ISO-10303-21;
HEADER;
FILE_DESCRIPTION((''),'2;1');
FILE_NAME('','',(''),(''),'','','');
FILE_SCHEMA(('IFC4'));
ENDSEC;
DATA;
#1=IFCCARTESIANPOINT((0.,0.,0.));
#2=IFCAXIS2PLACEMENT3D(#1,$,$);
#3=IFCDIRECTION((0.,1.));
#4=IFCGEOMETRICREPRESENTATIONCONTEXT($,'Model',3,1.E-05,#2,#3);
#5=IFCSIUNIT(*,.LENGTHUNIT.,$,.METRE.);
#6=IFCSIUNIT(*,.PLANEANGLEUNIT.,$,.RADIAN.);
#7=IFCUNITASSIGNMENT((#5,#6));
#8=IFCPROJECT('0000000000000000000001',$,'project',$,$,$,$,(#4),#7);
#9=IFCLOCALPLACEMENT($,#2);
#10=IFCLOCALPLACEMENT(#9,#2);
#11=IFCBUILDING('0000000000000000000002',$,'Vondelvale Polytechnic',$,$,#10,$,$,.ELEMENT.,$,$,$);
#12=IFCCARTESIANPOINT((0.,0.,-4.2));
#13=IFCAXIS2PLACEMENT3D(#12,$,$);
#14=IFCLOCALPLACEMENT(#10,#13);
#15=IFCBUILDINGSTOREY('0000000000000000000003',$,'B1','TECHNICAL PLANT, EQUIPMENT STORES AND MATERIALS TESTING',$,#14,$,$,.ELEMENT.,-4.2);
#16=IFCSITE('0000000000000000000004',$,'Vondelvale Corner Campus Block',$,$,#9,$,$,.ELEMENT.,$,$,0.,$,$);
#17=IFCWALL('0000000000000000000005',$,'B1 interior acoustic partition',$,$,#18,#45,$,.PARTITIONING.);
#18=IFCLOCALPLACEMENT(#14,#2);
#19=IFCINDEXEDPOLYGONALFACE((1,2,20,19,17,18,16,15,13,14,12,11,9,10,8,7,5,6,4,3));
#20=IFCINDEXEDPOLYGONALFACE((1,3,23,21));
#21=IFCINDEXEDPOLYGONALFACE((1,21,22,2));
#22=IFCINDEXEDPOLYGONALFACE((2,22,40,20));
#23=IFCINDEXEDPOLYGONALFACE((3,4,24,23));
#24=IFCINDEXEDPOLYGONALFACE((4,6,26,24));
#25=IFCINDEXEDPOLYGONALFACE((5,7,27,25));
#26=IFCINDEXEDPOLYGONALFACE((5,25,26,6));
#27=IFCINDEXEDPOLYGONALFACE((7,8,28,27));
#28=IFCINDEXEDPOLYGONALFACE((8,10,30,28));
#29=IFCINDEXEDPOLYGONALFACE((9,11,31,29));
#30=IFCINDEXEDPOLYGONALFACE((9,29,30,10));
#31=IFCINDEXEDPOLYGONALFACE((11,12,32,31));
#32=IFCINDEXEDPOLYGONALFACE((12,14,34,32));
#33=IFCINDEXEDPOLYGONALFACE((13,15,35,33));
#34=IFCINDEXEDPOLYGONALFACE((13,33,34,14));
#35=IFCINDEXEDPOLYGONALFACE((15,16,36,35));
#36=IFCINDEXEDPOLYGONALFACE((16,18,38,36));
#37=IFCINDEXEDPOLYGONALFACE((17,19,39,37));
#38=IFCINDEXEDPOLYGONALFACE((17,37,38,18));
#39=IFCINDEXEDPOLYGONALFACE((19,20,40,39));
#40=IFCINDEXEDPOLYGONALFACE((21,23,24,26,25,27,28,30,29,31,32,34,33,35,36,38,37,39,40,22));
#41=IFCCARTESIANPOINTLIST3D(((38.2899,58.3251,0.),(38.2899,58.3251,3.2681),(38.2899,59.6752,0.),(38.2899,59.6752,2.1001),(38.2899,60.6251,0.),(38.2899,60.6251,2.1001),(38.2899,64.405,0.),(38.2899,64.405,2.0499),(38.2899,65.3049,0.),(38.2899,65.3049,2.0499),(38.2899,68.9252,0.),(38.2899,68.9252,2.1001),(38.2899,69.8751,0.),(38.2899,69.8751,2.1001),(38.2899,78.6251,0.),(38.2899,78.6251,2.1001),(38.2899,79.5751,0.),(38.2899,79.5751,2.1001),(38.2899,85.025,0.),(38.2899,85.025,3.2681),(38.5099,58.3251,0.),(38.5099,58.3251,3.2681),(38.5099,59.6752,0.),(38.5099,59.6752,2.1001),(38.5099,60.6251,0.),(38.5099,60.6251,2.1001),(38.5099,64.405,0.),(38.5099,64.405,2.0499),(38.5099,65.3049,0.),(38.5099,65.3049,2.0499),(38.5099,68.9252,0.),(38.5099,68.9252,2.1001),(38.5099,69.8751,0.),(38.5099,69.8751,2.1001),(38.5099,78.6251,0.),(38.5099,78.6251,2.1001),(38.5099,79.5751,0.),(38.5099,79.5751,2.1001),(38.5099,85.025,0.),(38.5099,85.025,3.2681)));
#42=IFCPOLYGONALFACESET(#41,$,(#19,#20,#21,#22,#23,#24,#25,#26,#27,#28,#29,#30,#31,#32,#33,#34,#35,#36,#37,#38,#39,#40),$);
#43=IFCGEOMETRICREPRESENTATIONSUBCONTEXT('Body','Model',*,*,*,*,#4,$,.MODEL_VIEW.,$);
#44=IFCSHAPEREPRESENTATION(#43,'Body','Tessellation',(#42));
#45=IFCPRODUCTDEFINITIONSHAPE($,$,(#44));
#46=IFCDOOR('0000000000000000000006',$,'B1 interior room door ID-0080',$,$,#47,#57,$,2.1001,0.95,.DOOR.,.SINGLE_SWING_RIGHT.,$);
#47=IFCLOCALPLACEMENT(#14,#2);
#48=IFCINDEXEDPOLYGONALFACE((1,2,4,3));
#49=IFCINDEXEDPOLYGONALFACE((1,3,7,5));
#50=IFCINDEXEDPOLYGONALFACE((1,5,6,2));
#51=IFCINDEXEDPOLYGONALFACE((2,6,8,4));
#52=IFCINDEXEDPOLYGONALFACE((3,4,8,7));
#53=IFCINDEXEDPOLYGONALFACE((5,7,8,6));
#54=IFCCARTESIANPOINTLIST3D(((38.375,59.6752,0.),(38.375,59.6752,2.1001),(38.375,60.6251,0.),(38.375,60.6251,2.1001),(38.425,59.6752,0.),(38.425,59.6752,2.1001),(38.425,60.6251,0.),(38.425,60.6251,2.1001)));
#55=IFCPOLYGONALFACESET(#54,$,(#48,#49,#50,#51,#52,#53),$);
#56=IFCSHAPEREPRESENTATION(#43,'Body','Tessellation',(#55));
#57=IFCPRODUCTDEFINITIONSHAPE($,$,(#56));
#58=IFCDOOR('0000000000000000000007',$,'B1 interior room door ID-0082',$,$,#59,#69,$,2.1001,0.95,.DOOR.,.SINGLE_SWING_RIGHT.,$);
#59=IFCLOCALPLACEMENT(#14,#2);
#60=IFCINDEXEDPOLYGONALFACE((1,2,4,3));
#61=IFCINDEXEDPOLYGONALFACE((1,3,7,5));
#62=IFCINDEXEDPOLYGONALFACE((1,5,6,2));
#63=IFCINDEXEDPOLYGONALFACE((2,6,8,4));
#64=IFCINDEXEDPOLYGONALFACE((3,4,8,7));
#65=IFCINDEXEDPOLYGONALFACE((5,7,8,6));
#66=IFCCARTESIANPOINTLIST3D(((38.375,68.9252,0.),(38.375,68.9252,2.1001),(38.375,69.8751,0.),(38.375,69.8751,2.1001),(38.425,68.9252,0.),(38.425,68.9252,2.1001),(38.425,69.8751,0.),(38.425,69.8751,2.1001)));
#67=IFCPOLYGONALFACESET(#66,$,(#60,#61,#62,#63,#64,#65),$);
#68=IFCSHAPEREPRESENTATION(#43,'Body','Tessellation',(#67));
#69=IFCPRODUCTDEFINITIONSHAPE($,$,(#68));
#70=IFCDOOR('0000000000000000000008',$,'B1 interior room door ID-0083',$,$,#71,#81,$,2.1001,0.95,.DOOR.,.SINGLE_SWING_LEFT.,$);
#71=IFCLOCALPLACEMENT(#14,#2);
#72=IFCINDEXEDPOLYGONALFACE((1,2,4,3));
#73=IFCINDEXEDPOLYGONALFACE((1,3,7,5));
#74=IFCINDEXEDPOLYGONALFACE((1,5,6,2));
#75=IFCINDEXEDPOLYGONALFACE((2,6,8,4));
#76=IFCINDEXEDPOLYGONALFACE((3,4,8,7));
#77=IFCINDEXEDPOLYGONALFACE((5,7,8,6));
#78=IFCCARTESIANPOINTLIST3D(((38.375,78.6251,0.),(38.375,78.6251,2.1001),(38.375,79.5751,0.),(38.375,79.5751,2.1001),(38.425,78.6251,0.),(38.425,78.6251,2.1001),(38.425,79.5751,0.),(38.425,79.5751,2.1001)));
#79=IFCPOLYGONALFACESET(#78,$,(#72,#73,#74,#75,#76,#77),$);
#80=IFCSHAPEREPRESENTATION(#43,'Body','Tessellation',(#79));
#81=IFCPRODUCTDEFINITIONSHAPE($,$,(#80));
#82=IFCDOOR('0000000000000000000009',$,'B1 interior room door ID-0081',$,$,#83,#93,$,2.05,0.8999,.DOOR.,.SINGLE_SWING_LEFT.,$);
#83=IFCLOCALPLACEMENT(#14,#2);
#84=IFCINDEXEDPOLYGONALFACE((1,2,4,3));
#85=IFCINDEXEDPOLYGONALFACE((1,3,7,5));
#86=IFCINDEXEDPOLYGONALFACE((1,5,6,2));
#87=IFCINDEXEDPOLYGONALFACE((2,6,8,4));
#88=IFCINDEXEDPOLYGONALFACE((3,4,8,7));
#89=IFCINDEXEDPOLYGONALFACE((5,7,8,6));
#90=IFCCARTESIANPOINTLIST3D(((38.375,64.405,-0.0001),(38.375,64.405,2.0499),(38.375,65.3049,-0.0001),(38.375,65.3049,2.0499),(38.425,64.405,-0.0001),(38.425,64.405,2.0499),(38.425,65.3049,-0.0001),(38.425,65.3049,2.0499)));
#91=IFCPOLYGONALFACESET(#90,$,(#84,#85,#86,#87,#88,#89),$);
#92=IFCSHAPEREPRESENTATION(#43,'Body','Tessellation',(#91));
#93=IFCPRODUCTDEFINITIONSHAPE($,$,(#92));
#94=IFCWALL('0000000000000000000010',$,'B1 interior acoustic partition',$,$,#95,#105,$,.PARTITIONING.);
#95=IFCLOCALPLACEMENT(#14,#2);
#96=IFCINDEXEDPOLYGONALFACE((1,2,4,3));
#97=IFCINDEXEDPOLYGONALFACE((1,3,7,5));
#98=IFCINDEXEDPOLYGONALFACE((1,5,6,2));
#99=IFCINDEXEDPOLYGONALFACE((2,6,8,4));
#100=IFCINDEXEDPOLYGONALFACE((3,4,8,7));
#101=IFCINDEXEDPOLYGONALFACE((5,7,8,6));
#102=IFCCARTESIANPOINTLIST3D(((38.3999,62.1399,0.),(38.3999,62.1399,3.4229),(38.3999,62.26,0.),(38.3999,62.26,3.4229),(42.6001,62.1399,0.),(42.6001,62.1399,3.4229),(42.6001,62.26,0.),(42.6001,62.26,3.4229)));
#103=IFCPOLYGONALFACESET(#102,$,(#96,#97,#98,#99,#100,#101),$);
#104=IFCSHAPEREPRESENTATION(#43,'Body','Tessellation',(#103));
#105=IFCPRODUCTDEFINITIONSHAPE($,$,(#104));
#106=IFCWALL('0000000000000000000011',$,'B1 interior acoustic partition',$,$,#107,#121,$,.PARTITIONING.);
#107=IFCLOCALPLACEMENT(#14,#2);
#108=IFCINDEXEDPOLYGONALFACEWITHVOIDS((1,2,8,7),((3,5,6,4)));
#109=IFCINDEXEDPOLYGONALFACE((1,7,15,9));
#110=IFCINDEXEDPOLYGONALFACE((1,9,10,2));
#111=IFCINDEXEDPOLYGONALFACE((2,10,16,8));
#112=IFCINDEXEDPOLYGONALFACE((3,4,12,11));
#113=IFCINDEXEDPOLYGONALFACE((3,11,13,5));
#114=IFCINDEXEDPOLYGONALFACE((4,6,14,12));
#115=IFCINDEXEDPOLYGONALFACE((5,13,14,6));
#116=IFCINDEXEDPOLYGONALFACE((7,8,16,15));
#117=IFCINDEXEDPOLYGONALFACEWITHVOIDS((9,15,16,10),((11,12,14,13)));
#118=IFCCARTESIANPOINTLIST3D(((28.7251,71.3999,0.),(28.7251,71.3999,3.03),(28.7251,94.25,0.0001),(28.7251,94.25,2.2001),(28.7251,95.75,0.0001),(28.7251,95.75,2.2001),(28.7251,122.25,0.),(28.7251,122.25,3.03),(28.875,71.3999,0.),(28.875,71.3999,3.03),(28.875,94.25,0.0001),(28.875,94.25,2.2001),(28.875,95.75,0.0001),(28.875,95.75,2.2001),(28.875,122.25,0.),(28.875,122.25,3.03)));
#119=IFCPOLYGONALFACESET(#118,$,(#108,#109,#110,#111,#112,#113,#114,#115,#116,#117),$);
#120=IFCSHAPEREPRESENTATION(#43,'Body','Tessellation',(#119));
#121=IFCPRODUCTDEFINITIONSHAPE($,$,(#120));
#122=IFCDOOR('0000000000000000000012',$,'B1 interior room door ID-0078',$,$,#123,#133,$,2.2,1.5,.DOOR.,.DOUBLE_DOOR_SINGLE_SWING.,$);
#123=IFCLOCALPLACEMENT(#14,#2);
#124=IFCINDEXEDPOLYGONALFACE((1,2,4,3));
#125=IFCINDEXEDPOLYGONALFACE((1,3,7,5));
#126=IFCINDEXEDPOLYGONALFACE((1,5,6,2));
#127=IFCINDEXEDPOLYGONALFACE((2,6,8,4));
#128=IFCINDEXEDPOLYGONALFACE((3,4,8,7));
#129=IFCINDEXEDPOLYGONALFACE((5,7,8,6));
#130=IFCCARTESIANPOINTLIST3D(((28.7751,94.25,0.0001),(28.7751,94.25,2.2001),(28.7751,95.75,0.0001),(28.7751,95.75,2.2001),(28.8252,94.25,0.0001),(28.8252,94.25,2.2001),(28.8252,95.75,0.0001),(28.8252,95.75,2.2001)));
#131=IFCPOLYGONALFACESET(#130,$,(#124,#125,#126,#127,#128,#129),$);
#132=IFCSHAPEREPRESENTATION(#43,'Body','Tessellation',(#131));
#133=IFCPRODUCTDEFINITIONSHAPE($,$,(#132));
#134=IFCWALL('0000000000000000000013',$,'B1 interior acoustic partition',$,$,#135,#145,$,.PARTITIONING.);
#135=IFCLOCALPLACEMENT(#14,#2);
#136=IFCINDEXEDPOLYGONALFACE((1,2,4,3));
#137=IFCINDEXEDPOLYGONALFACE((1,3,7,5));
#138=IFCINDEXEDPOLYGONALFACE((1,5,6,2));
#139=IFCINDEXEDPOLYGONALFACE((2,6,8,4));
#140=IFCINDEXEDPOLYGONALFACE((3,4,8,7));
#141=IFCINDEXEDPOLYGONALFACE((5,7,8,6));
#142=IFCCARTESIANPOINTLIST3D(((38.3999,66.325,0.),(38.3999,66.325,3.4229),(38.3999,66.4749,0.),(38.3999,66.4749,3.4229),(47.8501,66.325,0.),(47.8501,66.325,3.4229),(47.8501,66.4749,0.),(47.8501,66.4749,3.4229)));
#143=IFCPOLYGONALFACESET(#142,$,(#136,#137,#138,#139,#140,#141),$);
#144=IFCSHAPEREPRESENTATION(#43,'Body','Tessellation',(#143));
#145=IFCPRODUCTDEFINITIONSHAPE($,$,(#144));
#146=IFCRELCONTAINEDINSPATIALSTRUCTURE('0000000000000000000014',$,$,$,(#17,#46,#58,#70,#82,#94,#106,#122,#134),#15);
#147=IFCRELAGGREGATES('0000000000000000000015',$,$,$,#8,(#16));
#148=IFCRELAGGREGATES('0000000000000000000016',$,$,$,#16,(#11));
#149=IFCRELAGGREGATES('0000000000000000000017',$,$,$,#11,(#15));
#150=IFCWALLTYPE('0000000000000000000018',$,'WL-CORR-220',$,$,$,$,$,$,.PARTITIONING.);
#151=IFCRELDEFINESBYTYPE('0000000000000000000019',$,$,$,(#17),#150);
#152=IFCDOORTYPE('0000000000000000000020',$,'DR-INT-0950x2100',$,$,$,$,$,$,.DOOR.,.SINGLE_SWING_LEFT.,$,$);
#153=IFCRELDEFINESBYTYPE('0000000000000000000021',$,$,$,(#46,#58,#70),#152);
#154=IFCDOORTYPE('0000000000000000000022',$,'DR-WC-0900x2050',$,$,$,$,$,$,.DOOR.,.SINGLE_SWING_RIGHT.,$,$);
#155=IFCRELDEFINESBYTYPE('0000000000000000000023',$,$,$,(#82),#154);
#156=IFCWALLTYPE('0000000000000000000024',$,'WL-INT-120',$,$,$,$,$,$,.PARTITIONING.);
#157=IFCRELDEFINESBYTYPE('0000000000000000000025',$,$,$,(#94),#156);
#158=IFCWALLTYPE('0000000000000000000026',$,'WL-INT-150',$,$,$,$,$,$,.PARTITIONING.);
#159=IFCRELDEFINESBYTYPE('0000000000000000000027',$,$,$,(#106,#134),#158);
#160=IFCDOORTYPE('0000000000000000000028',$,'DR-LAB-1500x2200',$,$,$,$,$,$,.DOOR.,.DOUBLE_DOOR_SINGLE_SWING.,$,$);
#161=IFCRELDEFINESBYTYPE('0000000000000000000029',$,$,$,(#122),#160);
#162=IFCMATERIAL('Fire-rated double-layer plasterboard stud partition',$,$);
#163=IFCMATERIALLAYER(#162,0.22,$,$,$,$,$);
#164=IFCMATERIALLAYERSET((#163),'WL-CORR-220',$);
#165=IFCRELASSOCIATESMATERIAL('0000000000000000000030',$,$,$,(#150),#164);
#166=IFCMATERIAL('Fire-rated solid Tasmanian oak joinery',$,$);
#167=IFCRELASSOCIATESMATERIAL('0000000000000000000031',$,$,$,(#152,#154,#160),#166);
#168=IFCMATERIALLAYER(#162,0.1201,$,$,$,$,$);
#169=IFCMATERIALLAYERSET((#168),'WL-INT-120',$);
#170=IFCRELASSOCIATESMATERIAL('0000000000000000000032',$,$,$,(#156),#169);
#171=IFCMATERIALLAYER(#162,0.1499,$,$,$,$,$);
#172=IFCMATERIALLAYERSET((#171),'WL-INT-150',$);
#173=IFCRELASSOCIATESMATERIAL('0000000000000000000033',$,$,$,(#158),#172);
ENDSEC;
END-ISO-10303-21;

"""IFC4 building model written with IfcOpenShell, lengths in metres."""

from ifc_helpers import new_model, si_unit, direction, frame, frame_2d, origin, place, context, subcontext, project, spatial, rectangle, extrude, material, layer, layer_set, type_object, element, fill, save


model = new_model("IFC4")

# Units and contexts
model_context = context("Model", 3, precision=1e-05, world=origin(), true_north=direction((0.0, 1.0)))
body_context = subcontext(model_context, "Body", "Model", "MODEL_VIEW")
ifc_project = project(units=[si_unit("LENGTHUNIT", "METRE"), si_unit("PLANEANGLEUNIT", "RADIAN")], contexts=[model_context])

# Site, building, storey
site_placement = place(None, origin())
site = spatial("IfcSite", under=ifc_project, at=site_placement, Name="Vondelvale Corner Campus Block", CompositionType="ELEMENT", RefElevation=0.0)
building_placement = place(site_placement, origin())
building = spatial("IfcBuilding", under=site, at=building_placement, Name="Vondelvale Polytechnic", CompositionType="ELEMENT")
storey_placement = place(building_placement, frame((0.0, 0.0, -4.2)))
storey = spatial("IfcBuildingStorey", under=building, at=storey_placement, Name="B1", Description="TECHNICAL PLANT, EQUIPMENT STORES AND MATERIALS TESTING", CompositionType="ELEMENT", Elevation=-4.2)

# Shared definitions
ifc_material_1 = material(Name="Fire-rated double-layer plasterboard stud partition")
ifc_layer_1 = layer(ifc_material_1, 0.22)
ifc_layer_set_1 = layer_set([ifc_layer_1], Name="WL-CORR-220")
wall_type_1 = type_object("IfcWallType", Name="WL-CORR-220", PredefinedType="PARTITIONING", material=ifc_layer_set_1)

# Wall, openings, doors
wall_1_placement = place(storey_placement, frame((38.3999, 58.325, 0.0), z_axis=(0.0, 0.0, 1.0), x_axis=(0.0, 1.0, 0.0)))
wall_1 = element("IfcWall", 1, at=wall_1_placement, inside=storey, type_object=wall_type_1, Name="B1 interior acoustic partition", PredefinedType="PARTITIONING", context=body_context, shape_type="SweptSolid", body=[
    extrude(rectangle(XDim=26.7, YDim=0.22, at=frame_2d((13.3501, 0.0))), origin(), (0.0, 0.0, 1.0), 3.2681),
])
opening_1_placement = place(wall_1_placement, frame((1.3501, 0.0, 0.0)))
opening_1 = element("IfcOpeningElement", 2, at=opening_1_placement, cuts=wall_1, PredefinedType="OPENING", context=body_context, shape_type="SweptSolid", body=[
    extrude(rectangle(XDim=0.95, YDim=2.1001, at=frame_2d((0.4751, 1.05))), frame((0.0, 0.1199, 0.0), z_axis=(0.0, -1.0, 0.0), x_axis=(1.0, 0.0, 0.0)), (0.0, 0.0, 1.0), 0.24),
])
opening_2_placement = place(wall_1_placement, frame((6.0801, 0.0, 0.0)))
opening_2 = element("IfcOpeningElement", 3, at=opening_2_placement, cuts=wall_1, PredefinedType="OPENING", context=body_context, shape_type="SweptSolid", body=[
    extrude(rectangle(XDim=0.8999, YDim=2.05, at=frame_2d((0.45, 1.0249))), frame((0.0, 0.1199, 0.0), z_axis=(0.0, -1.0, 0.0), x_axis=(1.0, 0.0, 0.0)), (0.0, 0.0, 1.0), 0.24),
])
opening_3_placement = place(wall_1_placement, frame((10.6001, 0.0, 0.0)))
opening_3 = element("IfcOpeningElement", 4, at=opening_3_placement, cuts=wall_1, PredefinedType="OPENING", context=body_context, shape_type="SweptSolid", body=[
    extrude(rectangle(XDim=0.95, YDim=2.1001, at=frame_2d((0.4751, 1.05))), frame((0.0, 0.1199, 0.0), z_axis=(0.0, -1.0, 0.0), x_axis=(1.0, 0.0, 0.0)), (0.0, 0.0, 1.0), 0.24),
])
opening_4_placement = place(wall_1_placement, frame((20.3, 0.0, 0.0)))
opening_4 = element("IfcOpeningElement", 5, at=opening_4_placement, cuts=wall_1, PredefinedType="OPENING", context=body_context, shape_type="SweptSolid", body=[
    extrude(rectangle(XDim=0.95, YDim=2.1001, at=frame_2d((0.4751, 1.05))), frame((0.0, 0.1199, 0.0), z_axis=(0.0, -1.0, 0.0), x_axis=(1.0, 0.0, 0.0)), (0.0, 0.0, 1.0), 0.24),
])
ifc_material_2 = material(Name="Fire-rated solid Tasmanian oak joinery")
door_type_1 = type_object("IfcDoorType", Name="DR-INT-0950x2100", OperationType="SINGLE_SWING_LEFT", PredefinedType="DOOR", material=ifc_material_2)
door_1_placement = place(opening_1_placement, origin())
door_1 = element("IfcDoor", 6, at=door_1_placement, inside=storey, type_object=door_type_1, Name="B1 interior room door ID-0080", OperationType="SINGLE_SWING_RIGHT", OverallHeight=2.1001, OverallWidth=0.95, PredefinedType="DOOR", context=body_context, shape_type="SweptSolid", body=[
    extrude(rectangle(XDim=0.95, YDim=2.1001, at=frame_2d((0.4751, 1.05))), frame((0.0, 0.0249, 0.0), z_axis=(0.0, -1.0, 0.0), x_axis=(1.0, 0.0, 0.0)), (0.0, 0.0, 1.0), 0.05),
])
fill(opening_1, door_1)
door_2_placement = place(opening_3_placement, origin())
door_2 = element("IfcDoor", 7, at=door_2_placement, inside=storey, type_object=door_type_1, Name="B1 interior room door ID-0082", OperationType="SINGLE_SWING_RIGHT", OverallHeight=2.1001, OverallWidth=0.95, PredefinedType="DOOR", context=body_context, shape_type="SweptSolid", body=[
    extrude(rectangle(XDim=0.95, YDim=2.1001, at=frame_2d((0.4751, 1.05))), frame((0.0, 0.0249, 0.0), z_axis=(0.0, -1.0, 0.0), x_axis=(1.0, 0.0, 0.0)), (0.0, 0.0, 1.0), 0.05),
])
fill(opening_3, door_2)
door_3_placement = place(opening_4_placement, origin())
door_3 = element("IfcDoor", 8, at=door_3_placement, inside=storey, type_object=door_type_1, Name="B1 interior room door ID-0083", OperationType="SINGLE_SWING_LEFT", OverallHeight=2.1001, OverallWidth=0.95, PredefinedType="DOOR", context=body_context, shape_type="SweptSolid", body=[
    extrude(rectangle(XDim=0.95, YDim=2.1001, at=frame_2d((0.4751, 1.05))), frame((0.0, 0.0249, 0.0), z_axis=(0.0, -1.0, 0.0), x_axis=(1.0, 0.0, 0.0)), (0.0, 0.0, 1.0), 0.05),
])
fill(opening_4, door_3)
door_type_2 = type_object("IfcDoorType", Name="DR-WC-0900x2050", OperationType="SINGLE_SWING_RIGHT", PredefinedType="DOOR", material=ifc_material_2)
door_4_placement = place(opening_2_placement, origin())
door_4 = element("IfcDoor", 9, at=door_4_placement, inside=storey, type_object=door_type_2, Name="B1 interior room door ID-0081", OperationType="SINGLE_SWING_LEFT", OverallHeight=2.05, OverallWidth=0.8999, PredefinedType="DOOR", context=body_context, shape_type="SweptSolid", body=[
    extrude(rectangle(XDim=0.8999, YDim=2.05, at=frame_2d((0.45, 1.0249))), frame((0.0, 0.0249, 0.0), z_axis=(0.0, -1.0, 0.0), x_axis=(1.0, 0.0, 0.0)), (0.0, 0.0, 1.0), 0.05),
])
fill(opening_2, door_4)

# Wall
ifc_layer_2 = layer(ifc_material_1, 0.1201)
ifc_layer_set_2 = layer_set([ifc_layer_2], Name="WL-INT-120")
wall_type_2 = type_object("IfcWallType", Name="WL-INT-120", PredefinedType="PARTITIONING", material=ifc_layer_set_2)
wall_2_placement = place(storey_placement, frame((38.3999, 62.2, 0.0), z_axis=(0.0, 0.0, 1.0), x_axis=(1.0, 0.0, 0.0)))
element("IfcWall", 10, at=wall_2_placement, inside=storey, type_object=wall_type_2, Name="B1 interior acoustic partition", PredefinedType="PARTITIONING", context=body_context, shape_type="SweptSolid", body=[
    extrude(rectangle(XDim=4.2002, YDim=0.1201, at=frame_2d((2.1001, 0.0))), origin(), (0.0, 0.0, 1.0), 3.4229),
])

# Wall, opening, door
ifc_layer_3 = layer(ifc_material_1, 0.1499)
ifc_layer_set_3 = layer_set([ifc_layer_3], Name="WL-INT-150")
wall_type_3 = type_object("IfcWallType", Name="WL-INT-150", PredefinedType="PARTITIONING", material=ifc_layer_set_3)
wall_3_placement = place(storey_placement, frame((28.8, 71.3999, 0.0), z_axis=(0.0, 0.0, 1.0), x_axis=(0.0, 1.0, 0.0)))
wall_3 = element("IfcWall", 11, at=wall_3_placement, inside=storey, type_object=wall_type_3, Name="B1 interior acoustic partition", PredefinedType="PARTITIONING", context=body_context, shape_type="SweptSolid", body=[
    extrude(rectangle(XDim=50.8501, YDim=0.1499, at=frame_2d((25.425, 0.0))), origin(), (0.0, 0.0, 1.0), 3.03),
])
opening_5_placement = place(wall_3_placement, frame((22.8501, 0.0, 0.0)))
opening_5 = element("IfcOpeningElement", 12, at=opening_5_placement, cuts=wall_3, PredefinedType="OPENING", context=body_context, shape_type="SweptSolid", body=[
    extrude(rectangle(XDim=1.5, YDim=2.2, at=frame_2d((0.75, 1.1001))), frame((0.0, 0.085, 0.0), z_axis=(0.0, -1.0, 0.0), x_axis=(1.0, 0.0, 0.0)), (0.0, 0.0, 1.0), 0.1699),
])
door_type_3 = type_object("IfcDoorType", Name="DR-LAB-1500x2200", OperationType="DOUBLE_DOOR_SINGLE_SWING", PredefinedType="DOOR", material=ifc_material_2)
door_5_placement = place(opening_5_placement, origin())
door_5 = element("IfcDoor", 13, at=door_5_placement, inside=storey, type_object=door_type_3, Name="B1 interior room door ID-0078", OperationType="DOUBLE_DOOR_SINGLE_SWING", OverallHeight=2.2, OverallWidth=1.5, PredefinedType="DOOR", context=body_context, shape_type="SweptSolid", body=[
    extrude(rectangle(XDim=1.5, YDim=2.2, at=frame_2d((0.75, 1.1001))), frame((0.0, 0.0249, 0.0), z_axis=(0.0, -1.0, 0.0), x_axis=(1.0, 0.0, 0.0)), (0.0, 0.0, 1.0), 0.05),
])
fill(opening_5, door_5)

# Wall
wall_4_placement = place(storey_placement, frame((38.3999, 66.3999, 0.0), z_axis=(0.0, 0.0, 1.0), x_axis=(1.0, 0.0, 0.0)))
element("IfcWall", 14, at=wall_4_placement, inside=storey, type_object=wall_type_3, Name="B1 interior acoustic partition", PredefinedType="PARTITIONING", context=body_context, shape_type="SweptSolid", body=[
    extrude(rectangle(XDim=9.4502, YDim=0.1499, at=frame_2d((4.7251, 0.0))), origin(), (0.0, 0.0, 1.0), 3.4229),
])

save(model, "model.ifc")
